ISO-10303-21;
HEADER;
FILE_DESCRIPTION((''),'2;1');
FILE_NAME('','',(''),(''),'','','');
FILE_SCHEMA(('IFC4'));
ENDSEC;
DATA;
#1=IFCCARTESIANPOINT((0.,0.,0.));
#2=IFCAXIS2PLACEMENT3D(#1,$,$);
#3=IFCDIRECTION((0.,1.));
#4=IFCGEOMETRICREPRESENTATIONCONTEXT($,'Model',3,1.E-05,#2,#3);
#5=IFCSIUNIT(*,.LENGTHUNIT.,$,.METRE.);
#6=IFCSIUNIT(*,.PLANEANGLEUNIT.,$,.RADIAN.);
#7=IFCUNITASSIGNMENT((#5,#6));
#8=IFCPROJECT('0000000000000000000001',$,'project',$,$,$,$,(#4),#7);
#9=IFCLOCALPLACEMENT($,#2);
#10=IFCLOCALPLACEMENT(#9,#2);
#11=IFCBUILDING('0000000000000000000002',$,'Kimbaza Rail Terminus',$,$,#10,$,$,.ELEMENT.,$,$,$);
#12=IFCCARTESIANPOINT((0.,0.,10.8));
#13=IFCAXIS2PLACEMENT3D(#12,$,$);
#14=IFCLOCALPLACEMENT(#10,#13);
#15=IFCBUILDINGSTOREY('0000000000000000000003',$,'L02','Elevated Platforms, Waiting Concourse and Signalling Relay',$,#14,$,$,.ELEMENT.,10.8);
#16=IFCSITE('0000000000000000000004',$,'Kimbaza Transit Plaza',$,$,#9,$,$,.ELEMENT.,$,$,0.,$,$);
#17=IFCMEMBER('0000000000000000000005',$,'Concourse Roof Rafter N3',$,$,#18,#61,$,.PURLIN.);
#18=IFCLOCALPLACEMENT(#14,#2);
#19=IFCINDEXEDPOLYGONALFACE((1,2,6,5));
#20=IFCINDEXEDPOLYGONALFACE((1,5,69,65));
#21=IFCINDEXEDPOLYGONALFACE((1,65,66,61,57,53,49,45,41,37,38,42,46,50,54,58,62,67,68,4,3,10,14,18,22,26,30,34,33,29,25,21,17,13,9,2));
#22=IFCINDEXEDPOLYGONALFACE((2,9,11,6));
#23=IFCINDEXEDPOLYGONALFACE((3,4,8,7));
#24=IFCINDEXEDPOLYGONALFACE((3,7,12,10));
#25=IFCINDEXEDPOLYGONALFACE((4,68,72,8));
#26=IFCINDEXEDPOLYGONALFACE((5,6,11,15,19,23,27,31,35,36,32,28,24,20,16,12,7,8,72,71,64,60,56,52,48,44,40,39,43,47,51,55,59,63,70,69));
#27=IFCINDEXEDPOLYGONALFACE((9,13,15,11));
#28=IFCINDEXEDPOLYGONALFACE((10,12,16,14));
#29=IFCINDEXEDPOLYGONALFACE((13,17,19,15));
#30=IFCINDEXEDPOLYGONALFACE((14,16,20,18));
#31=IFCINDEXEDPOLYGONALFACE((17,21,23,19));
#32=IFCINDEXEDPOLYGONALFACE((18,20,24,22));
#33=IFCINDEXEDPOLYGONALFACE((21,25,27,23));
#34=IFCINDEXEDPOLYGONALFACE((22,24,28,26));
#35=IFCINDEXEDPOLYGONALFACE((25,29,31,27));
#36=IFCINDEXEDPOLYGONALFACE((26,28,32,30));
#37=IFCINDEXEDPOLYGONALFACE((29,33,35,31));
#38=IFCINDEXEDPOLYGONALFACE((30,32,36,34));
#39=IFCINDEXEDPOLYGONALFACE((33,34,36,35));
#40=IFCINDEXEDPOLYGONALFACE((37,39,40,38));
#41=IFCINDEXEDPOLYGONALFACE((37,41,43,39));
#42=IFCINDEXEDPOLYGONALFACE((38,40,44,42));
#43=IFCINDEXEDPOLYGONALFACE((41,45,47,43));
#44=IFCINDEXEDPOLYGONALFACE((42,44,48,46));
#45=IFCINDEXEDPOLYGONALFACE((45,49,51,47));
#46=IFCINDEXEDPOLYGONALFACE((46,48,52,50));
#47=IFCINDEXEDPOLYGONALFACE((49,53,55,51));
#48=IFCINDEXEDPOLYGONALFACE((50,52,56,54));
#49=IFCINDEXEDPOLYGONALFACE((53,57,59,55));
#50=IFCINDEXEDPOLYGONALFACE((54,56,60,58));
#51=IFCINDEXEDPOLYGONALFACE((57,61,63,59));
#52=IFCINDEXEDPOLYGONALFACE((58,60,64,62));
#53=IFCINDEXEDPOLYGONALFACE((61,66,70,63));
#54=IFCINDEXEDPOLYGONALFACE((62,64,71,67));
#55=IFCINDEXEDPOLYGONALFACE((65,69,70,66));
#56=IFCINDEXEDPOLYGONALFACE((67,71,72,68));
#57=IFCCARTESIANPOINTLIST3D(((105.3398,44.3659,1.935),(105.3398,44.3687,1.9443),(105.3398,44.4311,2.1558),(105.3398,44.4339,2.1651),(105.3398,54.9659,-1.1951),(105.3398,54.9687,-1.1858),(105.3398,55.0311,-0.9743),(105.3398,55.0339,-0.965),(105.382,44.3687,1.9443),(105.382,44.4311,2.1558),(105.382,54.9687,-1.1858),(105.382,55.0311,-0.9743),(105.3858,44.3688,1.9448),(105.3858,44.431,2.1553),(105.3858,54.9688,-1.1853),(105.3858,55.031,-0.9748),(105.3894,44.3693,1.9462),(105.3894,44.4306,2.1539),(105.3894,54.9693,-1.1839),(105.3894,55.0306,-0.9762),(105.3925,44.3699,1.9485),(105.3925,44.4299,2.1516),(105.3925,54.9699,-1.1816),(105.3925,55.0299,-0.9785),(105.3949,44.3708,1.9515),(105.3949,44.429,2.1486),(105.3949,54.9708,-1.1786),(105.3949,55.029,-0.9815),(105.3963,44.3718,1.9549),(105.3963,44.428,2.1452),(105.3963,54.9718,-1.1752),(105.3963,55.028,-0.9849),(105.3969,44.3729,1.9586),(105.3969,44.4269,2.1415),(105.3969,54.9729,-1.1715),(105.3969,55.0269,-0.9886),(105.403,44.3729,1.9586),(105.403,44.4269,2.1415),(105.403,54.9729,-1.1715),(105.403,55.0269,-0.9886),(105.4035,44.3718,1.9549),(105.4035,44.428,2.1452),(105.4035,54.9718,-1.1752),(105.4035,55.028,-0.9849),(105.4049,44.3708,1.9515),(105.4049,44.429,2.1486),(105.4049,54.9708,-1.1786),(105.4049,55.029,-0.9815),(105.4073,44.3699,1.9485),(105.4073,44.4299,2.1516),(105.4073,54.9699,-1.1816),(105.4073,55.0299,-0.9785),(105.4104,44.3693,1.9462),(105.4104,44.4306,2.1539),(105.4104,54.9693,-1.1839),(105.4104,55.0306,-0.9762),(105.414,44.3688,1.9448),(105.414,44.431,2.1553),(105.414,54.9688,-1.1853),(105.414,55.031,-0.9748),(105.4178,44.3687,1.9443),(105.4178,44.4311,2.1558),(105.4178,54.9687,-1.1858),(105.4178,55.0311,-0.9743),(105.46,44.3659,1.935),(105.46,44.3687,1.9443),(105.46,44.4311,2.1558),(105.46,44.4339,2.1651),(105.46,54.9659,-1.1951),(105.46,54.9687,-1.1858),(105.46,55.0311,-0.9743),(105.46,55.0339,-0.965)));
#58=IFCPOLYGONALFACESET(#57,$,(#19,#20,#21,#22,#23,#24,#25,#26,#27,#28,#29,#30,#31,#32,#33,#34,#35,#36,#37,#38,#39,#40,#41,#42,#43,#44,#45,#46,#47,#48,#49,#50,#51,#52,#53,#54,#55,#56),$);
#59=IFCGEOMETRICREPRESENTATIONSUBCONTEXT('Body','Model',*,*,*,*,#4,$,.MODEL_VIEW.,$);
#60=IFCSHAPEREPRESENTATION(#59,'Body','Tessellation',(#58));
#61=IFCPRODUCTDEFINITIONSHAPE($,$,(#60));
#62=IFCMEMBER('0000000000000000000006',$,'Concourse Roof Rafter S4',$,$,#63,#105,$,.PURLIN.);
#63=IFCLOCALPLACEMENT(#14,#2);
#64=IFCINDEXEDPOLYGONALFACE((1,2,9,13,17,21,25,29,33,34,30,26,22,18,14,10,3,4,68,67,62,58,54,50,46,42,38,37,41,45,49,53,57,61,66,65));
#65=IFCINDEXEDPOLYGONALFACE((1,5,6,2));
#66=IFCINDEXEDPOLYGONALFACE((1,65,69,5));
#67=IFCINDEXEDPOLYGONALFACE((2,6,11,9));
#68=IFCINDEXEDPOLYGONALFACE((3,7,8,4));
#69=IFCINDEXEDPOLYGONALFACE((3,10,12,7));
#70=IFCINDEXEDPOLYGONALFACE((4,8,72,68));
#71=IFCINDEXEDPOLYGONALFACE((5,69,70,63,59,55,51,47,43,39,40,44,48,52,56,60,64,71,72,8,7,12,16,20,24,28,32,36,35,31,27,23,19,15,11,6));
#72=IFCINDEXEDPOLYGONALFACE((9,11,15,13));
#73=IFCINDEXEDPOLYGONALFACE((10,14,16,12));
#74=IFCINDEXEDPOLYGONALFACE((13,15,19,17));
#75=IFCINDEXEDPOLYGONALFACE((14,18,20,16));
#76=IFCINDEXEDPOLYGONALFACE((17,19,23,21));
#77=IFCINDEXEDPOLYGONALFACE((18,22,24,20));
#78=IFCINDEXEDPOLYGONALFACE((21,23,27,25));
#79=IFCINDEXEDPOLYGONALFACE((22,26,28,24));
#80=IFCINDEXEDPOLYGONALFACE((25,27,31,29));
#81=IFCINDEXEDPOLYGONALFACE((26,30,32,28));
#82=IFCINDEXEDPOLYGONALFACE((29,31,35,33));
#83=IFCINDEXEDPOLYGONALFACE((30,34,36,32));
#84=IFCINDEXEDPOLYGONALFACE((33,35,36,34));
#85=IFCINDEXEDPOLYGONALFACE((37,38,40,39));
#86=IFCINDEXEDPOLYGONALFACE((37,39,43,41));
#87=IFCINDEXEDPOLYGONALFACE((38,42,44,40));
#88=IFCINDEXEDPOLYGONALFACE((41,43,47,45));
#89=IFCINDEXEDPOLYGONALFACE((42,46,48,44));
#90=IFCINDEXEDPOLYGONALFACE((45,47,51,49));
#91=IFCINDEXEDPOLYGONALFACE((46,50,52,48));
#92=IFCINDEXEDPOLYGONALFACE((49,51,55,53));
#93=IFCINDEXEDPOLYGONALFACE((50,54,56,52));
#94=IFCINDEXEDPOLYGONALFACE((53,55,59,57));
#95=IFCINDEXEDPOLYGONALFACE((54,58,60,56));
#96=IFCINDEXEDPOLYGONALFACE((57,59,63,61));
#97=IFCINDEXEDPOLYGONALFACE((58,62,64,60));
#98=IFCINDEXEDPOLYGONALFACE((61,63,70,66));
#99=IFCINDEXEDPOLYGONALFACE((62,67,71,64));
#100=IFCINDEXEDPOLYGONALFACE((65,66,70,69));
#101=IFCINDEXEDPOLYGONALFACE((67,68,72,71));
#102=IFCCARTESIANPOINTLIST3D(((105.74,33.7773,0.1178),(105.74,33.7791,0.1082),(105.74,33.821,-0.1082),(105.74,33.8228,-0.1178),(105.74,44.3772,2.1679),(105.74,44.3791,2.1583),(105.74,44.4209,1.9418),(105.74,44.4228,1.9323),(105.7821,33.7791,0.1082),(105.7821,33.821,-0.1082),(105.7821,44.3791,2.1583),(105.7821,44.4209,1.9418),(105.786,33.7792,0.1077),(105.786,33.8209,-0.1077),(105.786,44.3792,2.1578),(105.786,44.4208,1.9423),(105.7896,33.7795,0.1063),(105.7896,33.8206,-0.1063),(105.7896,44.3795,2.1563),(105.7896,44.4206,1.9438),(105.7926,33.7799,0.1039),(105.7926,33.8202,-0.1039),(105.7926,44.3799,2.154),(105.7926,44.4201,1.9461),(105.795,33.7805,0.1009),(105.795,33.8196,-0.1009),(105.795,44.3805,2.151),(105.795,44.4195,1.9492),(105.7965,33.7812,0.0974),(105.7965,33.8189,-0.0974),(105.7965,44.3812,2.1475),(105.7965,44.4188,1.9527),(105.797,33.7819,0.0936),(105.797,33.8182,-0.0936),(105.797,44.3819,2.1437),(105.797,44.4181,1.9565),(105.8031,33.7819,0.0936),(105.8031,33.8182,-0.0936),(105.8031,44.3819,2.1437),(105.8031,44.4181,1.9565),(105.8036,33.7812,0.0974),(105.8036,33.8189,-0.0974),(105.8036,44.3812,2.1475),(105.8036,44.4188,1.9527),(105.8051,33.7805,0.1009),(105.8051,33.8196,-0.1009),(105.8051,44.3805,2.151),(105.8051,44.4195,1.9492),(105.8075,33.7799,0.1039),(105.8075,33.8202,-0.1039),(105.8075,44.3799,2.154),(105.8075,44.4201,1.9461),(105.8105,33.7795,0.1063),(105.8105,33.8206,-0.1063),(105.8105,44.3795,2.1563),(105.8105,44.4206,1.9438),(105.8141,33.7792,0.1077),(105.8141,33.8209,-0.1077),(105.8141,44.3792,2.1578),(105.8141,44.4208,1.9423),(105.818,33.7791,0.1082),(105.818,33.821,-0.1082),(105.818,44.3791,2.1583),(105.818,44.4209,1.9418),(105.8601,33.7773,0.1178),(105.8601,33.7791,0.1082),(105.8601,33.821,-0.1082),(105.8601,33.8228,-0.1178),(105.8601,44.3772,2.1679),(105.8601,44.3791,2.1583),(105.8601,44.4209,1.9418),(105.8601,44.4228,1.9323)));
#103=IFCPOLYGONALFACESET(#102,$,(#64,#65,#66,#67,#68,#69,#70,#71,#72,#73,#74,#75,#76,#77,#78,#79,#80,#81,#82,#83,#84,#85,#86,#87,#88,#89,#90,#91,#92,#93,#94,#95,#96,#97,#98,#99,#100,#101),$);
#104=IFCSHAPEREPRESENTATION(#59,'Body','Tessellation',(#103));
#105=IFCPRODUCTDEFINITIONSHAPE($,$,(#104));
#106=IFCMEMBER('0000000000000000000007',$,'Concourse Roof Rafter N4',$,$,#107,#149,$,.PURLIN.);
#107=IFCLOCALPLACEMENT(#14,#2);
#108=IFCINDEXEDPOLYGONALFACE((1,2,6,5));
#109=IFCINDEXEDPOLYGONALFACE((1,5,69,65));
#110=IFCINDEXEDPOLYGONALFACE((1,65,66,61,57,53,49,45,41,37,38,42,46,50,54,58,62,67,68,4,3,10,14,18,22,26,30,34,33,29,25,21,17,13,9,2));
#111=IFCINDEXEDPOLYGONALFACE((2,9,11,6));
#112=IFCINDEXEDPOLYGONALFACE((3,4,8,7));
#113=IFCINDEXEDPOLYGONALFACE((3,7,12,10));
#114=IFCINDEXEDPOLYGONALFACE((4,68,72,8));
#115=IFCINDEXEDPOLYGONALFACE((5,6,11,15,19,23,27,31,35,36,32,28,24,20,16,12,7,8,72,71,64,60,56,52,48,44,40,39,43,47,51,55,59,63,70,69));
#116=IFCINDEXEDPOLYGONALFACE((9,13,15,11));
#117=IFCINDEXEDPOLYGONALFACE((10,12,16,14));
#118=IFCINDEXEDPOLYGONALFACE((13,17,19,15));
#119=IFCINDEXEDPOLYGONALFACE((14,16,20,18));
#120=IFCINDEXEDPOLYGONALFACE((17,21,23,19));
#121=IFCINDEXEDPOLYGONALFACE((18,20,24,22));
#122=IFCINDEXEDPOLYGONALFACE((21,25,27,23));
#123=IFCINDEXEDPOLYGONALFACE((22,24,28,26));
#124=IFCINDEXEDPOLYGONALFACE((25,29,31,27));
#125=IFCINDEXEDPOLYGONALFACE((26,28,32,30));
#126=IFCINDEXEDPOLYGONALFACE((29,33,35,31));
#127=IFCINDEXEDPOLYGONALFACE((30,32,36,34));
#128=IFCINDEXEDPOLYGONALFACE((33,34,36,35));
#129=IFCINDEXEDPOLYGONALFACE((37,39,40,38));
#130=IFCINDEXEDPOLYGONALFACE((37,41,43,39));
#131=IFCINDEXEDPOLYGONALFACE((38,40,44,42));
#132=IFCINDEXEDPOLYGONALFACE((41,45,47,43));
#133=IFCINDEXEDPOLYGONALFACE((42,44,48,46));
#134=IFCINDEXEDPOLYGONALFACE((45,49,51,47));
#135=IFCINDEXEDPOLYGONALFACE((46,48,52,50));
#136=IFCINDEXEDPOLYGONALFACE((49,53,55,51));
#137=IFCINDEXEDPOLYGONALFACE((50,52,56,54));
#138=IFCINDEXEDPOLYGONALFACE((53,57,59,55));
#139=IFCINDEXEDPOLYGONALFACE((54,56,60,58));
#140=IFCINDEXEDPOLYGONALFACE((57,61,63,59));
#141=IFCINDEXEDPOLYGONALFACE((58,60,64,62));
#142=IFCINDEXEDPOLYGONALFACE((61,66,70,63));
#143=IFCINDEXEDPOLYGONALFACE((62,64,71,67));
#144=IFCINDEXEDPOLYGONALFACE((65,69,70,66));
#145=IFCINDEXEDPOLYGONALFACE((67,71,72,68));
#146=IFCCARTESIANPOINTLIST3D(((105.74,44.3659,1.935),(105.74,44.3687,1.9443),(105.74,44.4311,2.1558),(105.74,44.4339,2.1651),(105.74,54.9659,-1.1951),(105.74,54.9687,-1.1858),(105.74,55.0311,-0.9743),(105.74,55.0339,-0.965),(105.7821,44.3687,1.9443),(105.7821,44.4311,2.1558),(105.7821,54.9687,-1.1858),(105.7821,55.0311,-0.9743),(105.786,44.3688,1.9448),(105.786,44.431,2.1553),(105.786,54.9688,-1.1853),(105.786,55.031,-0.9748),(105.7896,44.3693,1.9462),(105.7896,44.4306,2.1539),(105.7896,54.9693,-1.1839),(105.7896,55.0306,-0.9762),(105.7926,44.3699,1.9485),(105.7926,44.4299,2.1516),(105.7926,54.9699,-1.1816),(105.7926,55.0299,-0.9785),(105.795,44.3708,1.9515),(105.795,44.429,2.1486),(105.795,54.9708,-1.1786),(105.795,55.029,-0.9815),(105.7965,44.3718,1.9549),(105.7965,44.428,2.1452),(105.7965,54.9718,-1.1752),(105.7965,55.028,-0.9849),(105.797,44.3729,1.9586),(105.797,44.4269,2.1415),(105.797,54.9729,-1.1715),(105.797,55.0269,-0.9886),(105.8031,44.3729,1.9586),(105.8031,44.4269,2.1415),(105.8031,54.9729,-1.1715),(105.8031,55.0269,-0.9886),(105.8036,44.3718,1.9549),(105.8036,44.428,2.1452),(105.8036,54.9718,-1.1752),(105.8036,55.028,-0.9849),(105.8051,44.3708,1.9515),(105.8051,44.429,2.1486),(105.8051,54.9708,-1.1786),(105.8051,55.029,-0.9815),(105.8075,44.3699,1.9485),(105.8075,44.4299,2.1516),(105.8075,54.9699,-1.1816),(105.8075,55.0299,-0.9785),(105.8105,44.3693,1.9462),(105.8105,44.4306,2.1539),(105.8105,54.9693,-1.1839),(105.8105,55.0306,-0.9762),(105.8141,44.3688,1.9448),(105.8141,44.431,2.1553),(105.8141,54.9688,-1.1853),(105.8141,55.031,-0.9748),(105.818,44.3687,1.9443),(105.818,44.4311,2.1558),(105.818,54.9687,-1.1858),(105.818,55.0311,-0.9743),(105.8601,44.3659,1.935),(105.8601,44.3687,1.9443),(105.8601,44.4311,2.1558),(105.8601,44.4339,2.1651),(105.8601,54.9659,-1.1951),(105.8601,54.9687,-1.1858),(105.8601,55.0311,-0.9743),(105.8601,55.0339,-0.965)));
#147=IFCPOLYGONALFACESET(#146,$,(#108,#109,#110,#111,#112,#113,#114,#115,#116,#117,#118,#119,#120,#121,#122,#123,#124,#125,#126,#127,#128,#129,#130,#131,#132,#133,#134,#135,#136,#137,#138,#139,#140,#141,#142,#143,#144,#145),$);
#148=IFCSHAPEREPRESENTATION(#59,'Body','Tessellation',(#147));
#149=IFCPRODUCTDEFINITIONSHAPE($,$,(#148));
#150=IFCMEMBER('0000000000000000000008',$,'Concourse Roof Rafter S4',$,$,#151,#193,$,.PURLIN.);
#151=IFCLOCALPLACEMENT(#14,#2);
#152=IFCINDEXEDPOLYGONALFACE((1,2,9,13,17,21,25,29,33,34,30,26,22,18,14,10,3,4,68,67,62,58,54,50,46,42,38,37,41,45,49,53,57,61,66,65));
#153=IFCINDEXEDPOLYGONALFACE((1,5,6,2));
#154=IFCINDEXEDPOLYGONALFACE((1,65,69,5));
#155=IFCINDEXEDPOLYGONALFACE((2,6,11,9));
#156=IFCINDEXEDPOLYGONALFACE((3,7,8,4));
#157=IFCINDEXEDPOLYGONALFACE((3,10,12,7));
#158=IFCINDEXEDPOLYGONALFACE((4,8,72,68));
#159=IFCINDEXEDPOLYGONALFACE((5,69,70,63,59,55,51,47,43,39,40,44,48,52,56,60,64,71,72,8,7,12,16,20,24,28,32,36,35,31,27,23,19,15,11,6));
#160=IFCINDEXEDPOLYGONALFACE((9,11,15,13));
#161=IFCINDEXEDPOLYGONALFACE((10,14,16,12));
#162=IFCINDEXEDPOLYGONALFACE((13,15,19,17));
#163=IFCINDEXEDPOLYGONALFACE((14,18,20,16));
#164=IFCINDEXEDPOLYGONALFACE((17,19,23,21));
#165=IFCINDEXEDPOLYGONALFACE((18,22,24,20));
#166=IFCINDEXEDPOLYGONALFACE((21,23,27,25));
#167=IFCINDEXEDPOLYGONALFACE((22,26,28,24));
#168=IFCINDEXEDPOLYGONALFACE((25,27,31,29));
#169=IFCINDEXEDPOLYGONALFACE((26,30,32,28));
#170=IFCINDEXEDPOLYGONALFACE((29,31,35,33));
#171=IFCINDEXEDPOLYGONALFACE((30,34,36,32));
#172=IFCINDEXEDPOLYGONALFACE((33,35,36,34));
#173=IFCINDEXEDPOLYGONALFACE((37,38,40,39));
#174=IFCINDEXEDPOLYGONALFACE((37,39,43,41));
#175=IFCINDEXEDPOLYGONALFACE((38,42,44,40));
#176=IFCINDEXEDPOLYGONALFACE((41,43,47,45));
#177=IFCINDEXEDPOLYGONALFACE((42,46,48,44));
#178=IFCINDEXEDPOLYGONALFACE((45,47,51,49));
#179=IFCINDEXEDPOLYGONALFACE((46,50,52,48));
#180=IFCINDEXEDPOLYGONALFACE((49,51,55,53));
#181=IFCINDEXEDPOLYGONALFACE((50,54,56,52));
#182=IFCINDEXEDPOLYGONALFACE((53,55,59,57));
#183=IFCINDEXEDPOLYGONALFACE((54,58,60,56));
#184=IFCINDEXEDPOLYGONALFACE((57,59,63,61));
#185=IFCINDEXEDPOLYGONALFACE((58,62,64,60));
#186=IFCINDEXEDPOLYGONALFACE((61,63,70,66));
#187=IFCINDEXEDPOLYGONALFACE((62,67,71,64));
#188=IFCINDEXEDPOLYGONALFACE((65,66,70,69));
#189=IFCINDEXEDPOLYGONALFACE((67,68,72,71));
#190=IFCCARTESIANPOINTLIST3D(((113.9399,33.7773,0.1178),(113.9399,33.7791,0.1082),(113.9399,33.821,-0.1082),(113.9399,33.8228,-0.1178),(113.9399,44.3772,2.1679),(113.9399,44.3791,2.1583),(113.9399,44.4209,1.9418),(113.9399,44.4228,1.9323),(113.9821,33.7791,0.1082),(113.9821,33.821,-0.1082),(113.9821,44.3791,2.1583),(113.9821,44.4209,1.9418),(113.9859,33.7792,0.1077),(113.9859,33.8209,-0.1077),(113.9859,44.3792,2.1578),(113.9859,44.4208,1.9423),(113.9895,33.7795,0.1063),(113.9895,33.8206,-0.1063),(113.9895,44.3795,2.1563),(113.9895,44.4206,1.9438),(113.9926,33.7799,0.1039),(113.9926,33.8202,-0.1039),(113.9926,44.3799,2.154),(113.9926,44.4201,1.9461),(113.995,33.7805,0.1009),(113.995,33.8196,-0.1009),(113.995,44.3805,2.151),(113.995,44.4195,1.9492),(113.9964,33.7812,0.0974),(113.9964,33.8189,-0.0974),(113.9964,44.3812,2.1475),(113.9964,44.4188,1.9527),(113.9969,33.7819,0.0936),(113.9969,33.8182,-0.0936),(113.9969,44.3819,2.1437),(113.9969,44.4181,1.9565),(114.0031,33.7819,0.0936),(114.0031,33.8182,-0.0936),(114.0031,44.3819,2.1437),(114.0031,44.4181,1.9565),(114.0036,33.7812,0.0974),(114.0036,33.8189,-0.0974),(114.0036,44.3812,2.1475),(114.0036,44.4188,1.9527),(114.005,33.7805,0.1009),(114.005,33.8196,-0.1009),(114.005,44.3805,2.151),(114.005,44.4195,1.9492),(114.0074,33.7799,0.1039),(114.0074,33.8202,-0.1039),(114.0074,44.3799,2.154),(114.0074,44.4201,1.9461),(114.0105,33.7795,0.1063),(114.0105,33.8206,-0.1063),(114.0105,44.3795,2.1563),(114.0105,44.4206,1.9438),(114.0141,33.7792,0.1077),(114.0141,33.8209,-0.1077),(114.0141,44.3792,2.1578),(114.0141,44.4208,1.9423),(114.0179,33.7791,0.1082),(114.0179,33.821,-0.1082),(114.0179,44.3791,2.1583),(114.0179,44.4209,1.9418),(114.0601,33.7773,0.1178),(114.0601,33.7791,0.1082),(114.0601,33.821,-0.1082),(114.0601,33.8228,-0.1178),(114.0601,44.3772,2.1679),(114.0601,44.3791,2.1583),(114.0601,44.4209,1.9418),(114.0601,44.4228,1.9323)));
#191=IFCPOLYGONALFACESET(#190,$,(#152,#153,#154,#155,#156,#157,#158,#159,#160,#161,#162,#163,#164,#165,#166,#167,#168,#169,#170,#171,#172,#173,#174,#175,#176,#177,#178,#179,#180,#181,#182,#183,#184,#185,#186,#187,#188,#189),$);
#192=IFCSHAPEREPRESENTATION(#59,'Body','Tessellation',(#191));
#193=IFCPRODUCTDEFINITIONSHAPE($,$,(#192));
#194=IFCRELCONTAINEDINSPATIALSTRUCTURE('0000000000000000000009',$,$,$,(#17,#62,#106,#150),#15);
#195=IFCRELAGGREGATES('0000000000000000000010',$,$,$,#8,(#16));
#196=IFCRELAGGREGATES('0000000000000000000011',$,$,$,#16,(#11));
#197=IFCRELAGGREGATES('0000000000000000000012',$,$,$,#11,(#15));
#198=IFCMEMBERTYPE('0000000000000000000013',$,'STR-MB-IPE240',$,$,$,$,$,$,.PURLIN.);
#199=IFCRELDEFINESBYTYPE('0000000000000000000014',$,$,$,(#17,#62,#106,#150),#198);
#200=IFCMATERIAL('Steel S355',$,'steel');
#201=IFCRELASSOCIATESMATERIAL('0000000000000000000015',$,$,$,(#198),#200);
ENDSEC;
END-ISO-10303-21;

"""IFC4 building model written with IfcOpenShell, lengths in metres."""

from ifc_helpers import new_model, si_unit, direction, frame, origin, origin_2d, place, context, subcontext, project, spatial, i_section, extrude, material, material_profile, profile_set, type_object, element, save


model = new_model("IFC4")

# Units and contexts
model_context = context("Model", 3, precision=1e-05, world=origin(), true_north=direction((0.0, 1.0)))
body_context = subcontext(model_context, "Body", "Model", "MODEL_VIEW")
ifc_project = project(units=[si_unit("LENGTHUNIT", "METRE"), si_unit("PLANEANGLEUNIT", "RADIAN")], contexts=[model_context])

# Site, building, storey
site_placement = place(None, origin())
site = spatial("IfcSite", under=ifc_project, at=site_placement, Name="Kimbaza Transit Plaza", CompositionType="ELEMENT", RefElevation=0.0)
building_placement = place(site_placement, origin())
building = spatial("IfcBuilding", under=site, at=building_placement, Name="Kimbaza Rail Terminus", CompositionType="ELEMENT")
storey_placement = place(building_placement, frame((0.0, 0.0, 10.8)))
storey = spatial("IfcBuildingStorey", under=building, at=storey_placement, Name="L02", Description="Elevated Platforms, Waiting Concourse and Signalling Relay", CompositionType="ELEMENT", Elevation=10.8)

# Members
ifc_material_1 = material(Name="Steel S355", Category="steel")
ifc_material_profile_1 = material_profile(ifc_material_1, i_section(OverallWidth=0.1201, OverallDepth=0.24, WebThickness=0.0061, FlangeThickness=0.0098, FilletRadius=0.0149, at=origin_2d()), Name="IPE 240")
ifc_profile_set_1 = profile_set([ifc_material_profile_1], Name="Steel S355")
member_type_1 = type_object("IfcMemberType", Name="STR-MB-IPE240", PredefinedType="PURLIN", material=ifc_profile_set_1)
member_1_placement = place(storey_placement, frame((105.3999, 44.3999, 2.05), z_axis=(0.0, 0.95906, -0.283203), x_axis=(-1.0, 0.0, 0.0)))
element("IfcMember", 1, at=member_1_placement, inside=storey, type_object=member_type_1, Name="Concourse Roof Rafter N3", PredefinedType="PURLIN", context=body_context, shape_type="SweptSolid", body=[
    extrude(i_section(OverallWidth=0.1201, OverallDepth=0.24, WebThickness=0.0061, FlangeThickness=0.0098, FilletRadius=0.0149, at=origin_2d()), origin(), (0.0, 0.0, 1.0), 11.0525),
])
member_2_placement = place(storey_placement, frame((105.8, 33.8, 0.0), z_axis=(0.0, 0.981806, 0.189885), x_axis=(-1.0, 0.0, 0.0)))
element("IfcMember", 2, at=member_2_placement, inside=storey, type_object=member_type_1, Name="Concourse Roof Rafter S4", PredefinedType="PURLIN", context=body_context, shape_type="SweptSolid", body=[
    extrude(i_section(OverallWidth=0.1201, OverallDepth=0.24, WebThickness=0.0061, FlangeThickness=0.0098, FilletRadius=0.0149, at=origin_2d()), origin(), (0.0, 0.0, 1.0), 10.7964),
])
member_3_placement = place(storey_placement, frame((105.8, 44.3999, 2.05), z_axis=(0.0, 0.95906, -0.283203), x_axis=(-1.0, 0.0, 0.0)))
element("IfcMember", 3, at=member_3_placement, inside=storey, type_object=member_type_1, Name="Concourse Roof Rafter N4", PredefinedType="PURLIN", context=body_context, shape_type="SweptSolid", body=[
    extrude(i_section(OverallWidth=0.1201, OverallDepth=0.24, WebThickness=0.0061, FlangeThickness=0.0098, FilletRadius=0.0149, at=origin_2d()), origin(), (0.0, 0.0, 1.0), 11.0525),
])
member_4_placement = place(storey_placement, frame((114.0, 33.8, 0.0), z_axis=(0.0, 0.981806, 0.189885), x_axis=(-1.0, 0.0, 0.0)))
element("IfcMember", 4, at=member_4_placement, inside=storey, type_object=member_type_1, Name="Concourse Roof Rafter S4", PredefinedType="PURLIN", context=body_context, shape_type="SweptSolid", body=[
    extrude(i_section(OverallWidth=0.1201, OverallDepth=0.24, WebThickness=0.0061, FlangeThickness=0.0098, FilletRadius=0.0149, at=origin_2d()), origin(), (0.0, 0.0, 1.0), 10.7964),
])

save(model, "model.ifc")
